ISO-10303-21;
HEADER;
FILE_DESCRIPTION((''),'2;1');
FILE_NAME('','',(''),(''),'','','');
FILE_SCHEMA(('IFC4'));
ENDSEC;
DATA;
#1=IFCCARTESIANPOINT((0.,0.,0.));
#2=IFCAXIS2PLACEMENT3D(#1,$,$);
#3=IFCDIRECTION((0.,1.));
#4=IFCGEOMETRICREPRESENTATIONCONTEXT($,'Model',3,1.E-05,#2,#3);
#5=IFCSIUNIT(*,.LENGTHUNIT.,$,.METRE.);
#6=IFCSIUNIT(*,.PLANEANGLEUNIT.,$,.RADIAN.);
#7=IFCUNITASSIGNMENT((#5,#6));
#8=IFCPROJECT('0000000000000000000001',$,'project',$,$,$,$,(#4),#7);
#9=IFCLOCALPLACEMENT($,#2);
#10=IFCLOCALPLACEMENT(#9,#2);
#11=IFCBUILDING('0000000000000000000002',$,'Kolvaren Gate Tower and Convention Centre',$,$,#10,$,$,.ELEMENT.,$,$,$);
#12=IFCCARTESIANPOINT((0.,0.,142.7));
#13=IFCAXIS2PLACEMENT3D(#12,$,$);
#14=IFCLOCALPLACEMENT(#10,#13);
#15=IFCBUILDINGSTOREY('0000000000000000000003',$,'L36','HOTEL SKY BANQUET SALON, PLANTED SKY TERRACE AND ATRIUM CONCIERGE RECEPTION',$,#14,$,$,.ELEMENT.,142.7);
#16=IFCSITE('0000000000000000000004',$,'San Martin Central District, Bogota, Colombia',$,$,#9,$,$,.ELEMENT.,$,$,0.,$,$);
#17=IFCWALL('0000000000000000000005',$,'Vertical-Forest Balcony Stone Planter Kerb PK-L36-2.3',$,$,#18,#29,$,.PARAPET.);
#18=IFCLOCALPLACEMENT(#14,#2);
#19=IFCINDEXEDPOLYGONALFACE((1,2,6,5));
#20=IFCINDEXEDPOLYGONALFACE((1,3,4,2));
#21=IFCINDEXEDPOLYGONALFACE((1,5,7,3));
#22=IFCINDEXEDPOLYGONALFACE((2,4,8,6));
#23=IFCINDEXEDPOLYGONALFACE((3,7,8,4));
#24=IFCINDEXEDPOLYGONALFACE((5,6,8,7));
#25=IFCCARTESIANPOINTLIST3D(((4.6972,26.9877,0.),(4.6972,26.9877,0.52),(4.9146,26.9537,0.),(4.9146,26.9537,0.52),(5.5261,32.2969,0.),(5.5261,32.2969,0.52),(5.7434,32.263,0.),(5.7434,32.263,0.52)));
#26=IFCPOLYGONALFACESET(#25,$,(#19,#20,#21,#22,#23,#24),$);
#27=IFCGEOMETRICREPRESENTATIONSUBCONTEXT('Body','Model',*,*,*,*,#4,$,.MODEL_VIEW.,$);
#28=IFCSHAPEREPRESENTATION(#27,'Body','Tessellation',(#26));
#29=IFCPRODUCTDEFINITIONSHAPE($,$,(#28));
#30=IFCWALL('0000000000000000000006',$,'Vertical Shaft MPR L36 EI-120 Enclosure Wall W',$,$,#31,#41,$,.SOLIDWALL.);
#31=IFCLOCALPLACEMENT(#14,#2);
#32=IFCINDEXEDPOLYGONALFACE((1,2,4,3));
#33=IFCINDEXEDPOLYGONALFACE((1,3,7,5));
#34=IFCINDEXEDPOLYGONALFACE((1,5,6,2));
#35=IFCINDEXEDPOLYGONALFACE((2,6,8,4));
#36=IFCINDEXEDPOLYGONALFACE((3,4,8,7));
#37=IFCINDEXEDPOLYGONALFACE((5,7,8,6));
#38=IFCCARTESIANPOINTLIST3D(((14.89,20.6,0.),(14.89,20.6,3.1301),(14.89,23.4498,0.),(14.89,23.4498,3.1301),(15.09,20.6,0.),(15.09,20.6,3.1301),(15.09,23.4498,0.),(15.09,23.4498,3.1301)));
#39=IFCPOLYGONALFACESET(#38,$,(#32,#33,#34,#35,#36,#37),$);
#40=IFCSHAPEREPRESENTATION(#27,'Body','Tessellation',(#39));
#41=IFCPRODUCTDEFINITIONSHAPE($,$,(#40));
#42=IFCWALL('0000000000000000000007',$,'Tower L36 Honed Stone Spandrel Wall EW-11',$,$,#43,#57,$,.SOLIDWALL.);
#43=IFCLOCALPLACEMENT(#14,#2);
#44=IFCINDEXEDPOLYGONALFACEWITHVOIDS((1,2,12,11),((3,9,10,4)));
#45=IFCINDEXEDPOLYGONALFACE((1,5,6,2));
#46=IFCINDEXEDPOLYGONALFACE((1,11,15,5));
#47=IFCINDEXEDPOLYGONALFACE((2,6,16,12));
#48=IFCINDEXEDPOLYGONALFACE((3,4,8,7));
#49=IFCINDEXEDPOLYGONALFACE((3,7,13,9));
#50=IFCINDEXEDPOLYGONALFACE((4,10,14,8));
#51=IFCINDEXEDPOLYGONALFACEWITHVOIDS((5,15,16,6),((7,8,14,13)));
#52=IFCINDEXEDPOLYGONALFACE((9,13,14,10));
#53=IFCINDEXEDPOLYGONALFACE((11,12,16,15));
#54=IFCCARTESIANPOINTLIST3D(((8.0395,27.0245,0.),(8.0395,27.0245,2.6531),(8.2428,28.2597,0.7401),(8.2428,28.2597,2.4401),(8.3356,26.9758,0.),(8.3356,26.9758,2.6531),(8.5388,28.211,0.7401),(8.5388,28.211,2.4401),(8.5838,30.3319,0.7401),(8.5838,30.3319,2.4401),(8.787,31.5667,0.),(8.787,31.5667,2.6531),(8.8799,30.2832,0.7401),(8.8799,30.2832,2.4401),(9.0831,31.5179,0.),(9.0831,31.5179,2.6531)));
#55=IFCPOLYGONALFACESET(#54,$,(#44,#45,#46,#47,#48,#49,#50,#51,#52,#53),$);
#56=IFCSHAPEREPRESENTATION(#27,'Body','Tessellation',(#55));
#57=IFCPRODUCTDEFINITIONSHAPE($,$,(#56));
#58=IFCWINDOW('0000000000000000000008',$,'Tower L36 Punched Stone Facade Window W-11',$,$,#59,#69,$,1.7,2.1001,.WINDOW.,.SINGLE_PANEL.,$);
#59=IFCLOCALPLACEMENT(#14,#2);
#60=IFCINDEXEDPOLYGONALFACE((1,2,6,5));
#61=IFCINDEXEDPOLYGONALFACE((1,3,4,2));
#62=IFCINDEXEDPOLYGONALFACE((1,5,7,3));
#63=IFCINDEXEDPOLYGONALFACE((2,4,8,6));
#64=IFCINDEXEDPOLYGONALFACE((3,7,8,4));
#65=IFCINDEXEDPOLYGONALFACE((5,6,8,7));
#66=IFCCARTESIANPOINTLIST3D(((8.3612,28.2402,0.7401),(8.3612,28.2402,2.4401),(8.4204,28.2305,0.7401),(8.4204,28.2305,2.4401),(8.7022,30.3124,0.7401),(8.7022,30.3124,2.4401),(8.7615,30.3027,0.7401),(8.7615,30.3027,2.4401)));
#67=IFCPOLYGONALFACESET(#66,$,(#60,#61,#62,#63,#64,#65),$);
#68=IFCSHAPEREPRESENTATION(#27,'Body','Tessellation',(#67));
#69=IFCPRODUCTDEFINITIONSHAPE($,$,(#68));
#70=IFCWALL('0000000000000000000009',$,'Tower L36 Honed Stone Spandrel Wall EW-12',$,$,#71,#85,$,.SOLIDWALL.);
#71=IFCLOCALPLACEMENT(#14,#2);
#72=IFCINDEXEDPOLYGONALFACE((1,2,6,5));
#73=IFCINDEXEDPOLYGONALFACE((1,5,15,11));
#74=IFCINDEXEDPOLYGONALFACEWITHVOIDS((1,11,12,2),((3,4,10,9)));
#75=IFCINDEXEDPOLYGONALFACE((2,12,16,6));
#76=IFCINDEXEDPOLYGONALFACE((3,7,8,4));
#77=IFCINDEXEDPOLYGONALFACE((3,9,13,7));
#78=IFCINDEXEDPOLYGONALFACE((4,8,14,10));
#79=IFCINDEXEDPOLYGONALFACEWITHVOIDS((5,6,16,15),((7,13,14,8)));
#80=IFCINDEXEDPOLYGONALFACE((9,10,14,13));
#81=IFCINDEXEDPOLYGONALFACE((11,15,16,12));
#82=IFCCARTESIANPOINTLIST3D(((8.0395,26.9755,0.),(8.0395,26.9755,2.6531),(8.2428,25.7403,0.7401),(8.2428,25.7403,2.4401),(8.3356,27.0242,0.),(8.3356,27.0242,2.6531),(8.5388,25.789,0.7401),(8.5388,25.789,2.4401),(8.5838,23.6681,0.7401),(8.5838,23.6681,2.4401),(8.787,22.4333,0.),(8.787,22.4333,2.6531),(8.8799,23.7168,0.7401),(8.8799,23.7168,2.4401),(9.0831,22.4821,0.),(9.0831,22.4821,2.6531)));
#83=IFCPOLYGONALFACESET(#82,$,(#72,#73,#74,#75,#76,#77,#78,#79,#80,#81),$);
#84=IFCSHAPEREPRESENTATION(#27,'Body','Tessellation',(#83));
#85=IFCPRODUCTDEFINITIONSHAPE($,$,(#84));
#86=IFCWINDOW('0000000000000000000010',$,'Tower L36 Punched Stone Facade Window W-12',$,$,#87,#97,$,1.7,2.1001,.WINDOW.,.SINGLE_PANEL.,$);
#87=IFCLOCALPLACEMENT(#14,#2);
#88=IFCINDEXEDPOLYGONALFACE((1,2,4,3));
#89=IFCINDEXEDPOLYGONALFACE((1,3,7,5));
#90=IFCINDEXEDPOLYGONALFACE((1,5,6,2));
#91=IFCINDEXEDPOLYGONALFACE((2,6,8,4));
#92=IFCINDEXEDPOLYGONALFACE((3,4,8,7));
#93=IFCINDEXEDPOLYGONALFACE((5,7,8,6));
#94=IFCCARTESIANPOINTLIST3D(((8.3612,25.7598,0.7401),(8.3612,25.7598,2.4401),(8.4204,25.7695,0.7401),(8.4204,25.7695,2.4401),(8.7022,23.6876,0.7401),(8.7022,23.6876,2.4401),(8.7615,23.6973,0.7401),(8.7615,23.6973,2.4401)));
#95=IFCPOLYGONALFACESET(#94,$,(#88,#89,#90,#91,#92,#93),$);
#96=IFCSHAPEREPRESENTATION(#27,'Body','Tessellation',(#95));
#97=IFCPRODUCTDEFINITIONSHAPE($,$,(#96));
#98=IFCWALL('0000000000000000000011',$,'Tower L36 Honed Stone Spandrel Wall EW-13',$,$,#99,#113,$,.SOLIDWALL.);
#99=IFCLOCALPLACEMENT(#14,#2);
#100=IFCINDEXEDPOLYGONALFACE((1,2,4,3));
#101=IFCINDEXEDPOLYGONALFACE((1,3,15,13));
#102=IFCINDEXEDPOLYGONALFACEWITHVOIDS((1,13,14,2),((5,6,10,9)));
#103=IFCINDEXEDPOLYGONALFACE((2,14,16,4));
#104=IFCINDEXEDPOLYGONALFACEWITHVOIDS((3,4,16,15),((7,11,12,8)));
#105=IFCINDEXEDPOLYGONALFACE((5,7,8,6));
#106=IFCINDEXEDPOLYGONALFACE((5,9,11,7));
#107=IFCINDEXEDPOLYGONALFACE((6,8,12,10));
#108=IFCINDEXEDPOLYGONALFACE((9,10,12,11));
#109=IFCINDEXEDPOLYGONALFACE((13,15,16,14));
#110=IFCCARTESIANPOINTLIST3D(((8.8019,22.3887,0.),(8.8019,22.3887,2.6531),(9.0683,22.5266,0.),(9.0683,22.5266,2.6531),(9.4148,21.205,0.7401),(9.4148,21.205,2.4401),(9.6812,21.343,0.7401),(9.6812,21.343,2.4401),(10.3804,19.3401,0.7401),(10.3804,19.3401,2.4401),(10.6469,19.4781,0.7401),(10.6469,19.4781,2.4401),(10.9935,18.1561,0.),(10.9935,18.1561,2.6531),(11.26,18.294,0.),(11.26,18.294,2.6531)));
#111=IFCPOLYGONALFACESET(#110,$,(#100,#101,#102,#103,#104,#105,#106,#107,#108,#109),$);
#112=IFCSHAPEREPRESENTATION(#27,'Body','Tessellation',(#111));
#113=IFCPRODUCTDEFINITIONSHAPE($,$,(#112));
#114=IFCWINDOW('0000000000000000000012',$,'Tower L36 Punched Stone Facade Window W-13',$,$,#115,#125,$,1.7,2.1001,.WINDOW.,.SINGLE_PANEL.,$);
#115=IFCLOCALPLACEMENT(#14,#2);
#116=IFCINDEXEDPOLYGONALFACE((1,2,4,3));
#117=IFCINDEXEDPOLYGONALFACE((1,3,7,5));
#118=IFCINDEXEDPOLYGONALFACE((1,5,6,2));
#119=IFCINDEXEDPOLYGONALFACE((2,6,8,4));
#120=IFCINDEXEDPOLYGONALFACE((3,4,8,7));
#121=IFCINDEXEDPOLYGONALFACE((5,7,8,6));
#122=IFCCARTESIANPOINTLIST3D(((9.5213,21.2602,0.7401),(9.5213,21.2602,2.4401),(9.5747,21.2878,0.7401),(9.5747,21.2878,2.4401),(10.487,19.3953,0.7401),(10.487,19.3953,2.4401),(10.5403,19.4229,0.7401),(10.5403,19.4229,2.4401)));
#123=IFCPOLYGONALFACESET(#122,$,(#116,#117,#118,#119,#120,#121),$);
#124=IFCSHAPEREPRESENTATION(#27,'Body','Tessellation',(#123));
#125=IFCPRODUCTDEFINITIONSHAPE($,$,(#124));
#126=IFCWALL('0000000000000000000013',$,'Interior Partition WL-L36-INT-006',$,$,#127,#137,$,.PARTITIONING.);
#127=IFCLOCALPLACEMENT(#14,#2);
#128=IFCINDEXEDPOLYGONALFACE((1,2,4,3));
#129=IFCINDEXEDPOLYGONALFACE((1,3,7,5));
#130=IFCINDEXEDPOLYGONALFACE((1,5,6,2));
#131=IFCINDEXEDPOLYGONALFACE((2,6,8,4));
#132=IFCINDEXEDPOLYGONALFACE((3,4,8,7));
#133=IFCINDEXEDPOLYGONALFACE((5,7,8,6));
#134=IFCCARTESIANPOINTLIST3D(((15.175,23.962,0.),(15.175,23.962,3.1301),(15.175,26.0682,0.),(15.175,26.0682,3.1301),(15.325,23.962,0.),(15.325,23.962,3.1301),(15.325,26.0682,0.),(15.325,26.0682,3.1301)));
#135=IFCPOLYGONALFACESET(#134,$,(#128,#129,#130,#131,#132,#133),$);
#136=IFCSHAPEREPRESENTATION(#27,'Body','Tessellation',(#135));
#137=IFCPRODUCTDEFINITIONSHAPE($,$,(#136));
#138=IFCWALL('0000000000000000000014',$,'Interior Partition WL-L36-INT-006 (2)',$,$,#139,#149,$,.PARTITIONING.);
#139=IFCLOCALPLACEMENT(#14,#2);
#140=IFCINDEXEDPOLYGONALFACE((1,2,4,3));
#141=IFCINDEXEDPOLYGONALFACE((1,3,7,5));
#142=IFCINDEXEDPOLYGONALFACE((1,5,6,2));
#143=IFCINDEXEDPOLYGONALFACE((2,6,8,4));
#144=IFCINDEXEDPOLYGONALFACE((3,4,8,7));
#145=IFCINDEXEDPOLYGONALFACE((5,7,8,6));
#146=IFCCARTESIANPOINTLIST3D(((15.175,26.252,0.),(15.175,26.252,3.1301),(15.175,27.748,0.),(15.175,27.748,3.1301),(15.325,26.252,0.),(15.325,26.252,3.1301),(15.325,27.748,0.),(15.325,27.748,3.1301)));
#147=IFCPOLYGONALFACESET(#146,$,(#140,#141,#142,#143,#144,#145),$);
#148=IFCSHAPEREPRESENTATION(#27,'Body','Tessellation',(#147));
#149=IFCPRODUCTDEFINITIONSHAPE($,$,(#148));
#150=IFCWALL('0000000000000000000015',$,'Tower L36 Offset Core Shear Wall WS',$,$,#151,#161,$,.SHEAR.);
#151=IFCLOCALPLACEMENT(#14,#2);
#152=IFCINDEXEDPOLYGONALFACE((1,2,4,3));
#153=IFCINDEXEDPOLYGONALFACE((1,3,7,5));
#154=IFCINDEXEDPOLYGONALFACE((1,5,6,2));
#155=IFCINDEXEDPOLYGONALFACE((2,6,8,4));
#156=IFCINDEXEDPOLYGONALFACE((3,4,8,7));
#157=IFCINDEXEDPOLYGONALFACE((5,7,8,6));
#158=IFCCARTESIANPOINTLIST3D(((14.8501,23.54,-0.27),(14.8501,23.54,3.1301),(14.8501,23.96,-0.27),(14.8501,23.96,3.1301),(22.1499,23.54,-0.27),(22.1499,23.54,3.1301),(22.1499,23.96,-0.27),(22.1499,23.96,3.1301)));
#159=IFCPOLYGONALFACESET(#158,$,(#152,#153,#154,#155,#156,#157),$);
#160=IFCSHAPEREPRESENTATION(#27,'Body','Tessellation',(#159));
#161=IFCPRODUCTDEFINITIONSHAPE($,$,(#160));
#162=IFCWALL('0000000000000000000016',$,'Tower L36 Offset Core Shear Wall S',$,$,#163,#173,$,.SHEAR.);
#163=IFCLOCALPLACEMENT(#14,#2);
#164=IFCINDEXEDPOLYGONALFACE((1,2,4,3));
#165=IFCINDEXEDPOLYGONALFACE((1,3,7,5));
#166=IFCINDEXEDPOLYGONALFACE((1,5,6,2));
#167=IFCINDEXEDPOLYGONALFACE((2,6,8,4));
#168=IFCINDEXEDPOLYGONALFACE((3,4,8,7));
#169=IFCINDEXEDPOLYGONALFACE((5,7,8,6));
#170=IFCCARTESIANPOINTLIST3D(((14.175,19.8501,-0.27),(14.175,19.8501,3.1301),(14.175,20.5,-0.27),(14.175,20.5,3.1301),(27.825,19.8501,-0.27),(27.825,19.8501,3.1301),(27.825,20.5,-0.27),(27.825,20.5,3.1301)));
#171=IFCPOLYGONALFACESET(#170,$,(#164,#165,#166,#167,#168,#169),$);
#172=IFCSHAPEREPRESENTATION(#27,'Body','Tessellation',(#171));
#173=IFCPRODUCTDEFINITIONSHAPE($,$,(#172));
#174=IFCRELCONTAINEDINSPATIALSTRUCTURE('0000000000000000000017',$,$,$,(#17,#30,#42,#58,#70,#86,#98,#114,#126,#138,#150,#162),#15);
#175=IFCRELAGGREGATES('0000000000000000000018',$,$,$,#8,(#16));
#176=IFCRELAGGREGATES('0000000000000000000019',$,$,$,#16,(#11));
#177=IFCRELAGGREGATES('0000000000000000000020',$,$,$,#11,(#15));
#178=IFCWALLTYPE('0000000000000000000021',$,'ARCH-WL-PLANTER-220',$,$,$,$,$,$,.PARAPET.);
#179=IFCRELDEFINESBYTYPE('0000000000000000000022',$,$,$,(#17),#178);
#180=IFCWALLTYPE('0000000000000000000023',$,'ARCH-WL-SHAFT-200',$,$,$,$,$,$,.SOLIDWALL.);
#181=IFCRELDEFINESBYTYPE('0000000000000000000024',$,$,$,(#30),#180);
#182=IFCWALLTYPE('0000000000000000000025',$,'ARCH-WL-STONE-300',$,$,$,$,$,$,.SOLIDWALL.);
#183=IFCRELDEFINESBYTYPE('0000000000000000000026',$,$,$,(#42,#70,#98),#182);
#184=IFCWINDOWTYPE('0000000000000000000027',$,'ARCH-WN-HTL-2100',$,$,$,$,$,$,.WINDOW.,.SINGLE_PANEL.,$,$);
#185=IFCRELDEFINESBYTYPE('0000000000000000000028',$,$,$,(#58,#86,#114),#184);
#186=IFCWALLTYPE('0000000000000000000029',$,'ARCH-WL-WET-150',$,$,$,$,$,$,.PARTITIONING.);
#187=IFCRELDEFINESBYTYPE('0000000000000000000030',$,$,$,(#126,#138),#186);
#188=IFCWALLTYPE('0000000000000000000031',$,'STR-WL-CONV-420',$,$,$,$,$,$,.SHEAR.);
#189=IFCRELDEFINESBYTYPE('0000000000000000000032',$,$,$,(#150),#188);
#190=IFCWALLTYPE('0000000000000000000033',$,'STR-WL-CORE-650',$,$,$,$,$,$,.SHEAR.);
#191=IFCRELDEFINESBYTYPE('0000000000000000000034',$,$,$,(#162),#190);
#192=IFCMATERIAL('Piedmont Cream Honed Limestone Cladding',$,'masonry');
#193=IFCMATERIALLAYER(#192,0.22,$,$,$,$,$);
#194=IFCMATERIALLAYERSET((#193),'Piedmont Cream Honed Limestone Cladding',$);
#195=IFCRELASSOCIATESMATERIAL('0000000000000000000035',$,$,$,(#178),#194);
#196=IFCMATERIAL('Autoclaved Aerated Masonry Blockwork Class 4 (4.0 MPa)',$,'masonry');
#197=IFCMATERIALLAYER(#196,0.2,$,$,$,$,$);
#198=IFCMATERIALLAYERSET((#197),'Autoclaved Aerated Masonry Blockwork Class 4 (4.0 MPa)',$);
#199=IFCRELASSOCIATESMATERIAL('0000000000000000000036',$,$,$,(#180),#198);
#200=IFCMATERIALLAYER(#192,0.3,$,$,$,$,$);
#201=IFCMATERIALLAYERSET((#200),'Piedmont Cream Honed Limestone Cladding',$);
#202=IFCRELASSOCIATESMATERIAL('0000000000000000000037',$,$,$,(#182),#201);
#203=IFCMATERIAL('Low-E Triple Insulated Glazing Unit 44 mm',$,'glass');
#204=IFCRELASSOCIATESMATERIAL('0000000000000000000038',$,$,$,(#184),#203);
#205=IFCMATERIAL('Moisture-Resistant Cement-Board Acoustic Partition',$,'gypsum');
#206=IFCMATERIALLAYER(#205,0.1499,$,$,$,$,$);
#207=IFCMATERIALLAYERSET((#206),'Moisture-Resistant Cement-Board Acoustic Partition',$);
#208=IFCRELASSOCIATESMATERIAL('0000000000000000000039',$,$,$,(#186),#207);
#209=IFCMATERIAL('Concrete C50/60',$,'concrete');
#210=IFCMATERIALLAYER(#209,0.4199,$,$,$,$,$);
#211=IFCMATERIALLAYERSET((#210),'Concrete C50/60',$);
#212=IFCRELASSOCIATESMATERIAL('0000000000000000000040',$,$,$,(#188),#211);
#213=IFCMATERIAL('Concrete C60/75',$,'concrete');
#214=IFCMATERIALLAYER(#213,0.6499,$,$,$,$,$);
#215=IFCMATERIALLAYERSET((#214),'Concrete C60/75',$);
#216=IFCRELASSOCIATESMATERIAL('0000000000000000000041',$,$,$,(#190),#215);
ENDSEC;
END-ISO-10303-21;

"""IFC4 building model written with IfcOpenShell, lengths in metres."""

from ifc_helpers import new_model, si_unit, direction, frame, frame_2d, origin, place, context, subcontext, project, spatial, rectangle, extrude, material, layer, layer_set, type_object, element, fill, save


model = new_model("IFC4")

# Units and contexts
model_context = context("Model", 3, precision=1e-05, world=origin(), true_north=direction((0.0, 1.0)))
body_context = subcontext(model_context, "Body", "Model", "MODEL_VIEW")
ifc_project = project(units=[si_unit("LENGTHUNIT", "METRE"), si_unit("PLANEANGLEUNIT", "RADIAN")], contexts=[model_context])

# Site, building, storey
site_placement = place(None, origin())
site = spatial("IfcSite", under=ifc_project, at=site_placement, Name="San Martin Central District, Bogota, Colombia", CompositionType="ELEMENT", RefElevation=0.0)
building_placement = place(site_placement, origin())
building = spatial("IfcBuilding", under=site, at=building_placement, Name="Kolvaren Gate Tower and Convention Centre", CompositionType="ELEMENT")
storey_placement = place(building_placement, frame((0.0, 0.0, 142.7)))
storey = spatial("IfcBuildingStorey", under=building, at=storey_placement, Name="L36", Description="HOTEL SKY BANQUET SALON, PLANTED SKY TERRACE AND ATRIUM CONCIERGE RECEPTION", CompositionType="ELEMENT", Elevation=142.7)

# Shared definitions
ifc_material_1 = material(Name="Concrete C60/75", Category="concrete")

# Shared definitions
ifc_material_2 = material(Name="Autoclaved Aerated Masonry Blockwork Class 4 (4.0 MPa)", Category="masonry")

# Walls
ifc_material_3 = material(Name="Piedmont Cream Honed Limestone Cladding", Category="masonry")
ifc_layer_1 = layer(ifc_material_3, 0.22)
ifc_layer_set_1 = layer_set([ifc_layer_1], Name="Piedmont Cream Honed Limestone Cladding")
wall_type_1 = type_object("IfcWallType", Name="ARCH-WL-PLANTER-220", PredefinedType="PARAPET", material=ifc_layer_set_1)
wall_1_placement = place(storey_placement, frame((4.8059, 26.9707, 0.0), z_axis=(0.0, 0.0, 1.0), x_axis=(0.154245, 0.988033, 0.0)))
element("IfcWall", 1, at=wall_1_placement, inside=storey, type_object=wall_type_1, Name="Vertical-Forest Balcony Stone Planter Kerb PK-L36-2.3", PredefinedType="PARAPET", context=body_context, shape_type="SweptSolid", body=[
    extrude(rectangle(XDim=5.3735, YDim=0.22, at=frame_2d((2.6868, 0.0))), origin(), (0.0, 0.0, 1.0), 0.52),
])
ifc_layer_2 = layer(ifc_material_2, 0.2)
ifc_layer_set_2 = layer_set([ifc_layer_2], Name="Autoclaved Aerated Masonry Blockwork Class 4 (4.0 MPa)")
wall_type_2 = type_object("IfcWallType", Name="ARCH-WL-SHAFT-200", PredefinedType="SOLIDWALL", material=ifc_layer_set_2)
wall_2_placement = place(storey_placement, frame((14.99, 20.6001, 0.0), z_axis=(0.0, 0.0, 1.0), x_axis=(0.0, 1.0, 0.0)))
element("IfcWall", 2, at=wall_2_placement, inside=storey, type_object=wall_type_2, Name="Vertical Shaft MPR L36 EI-120 Enclosure Wall W", PredefinedType="SOLIDWALL", context=body_context, shape_type="SweptSolid", body=[
    extrude(rectangle(XDim=2.8499, YDim=0.2, at=frame_2d((1.4248, 0.0))), origin(), (0.0, 0.0, 1.0), 3.1301),
])

# Walls, openings, windows
ifc_layer_3 = layer(ifc_material_3, 0.3)
ifc_layer_set_3 = layer_set([ifc_layer_3], Name="Piedmont Cream Honed Limestone Cladding")
wall_type_3 = type_object("IfcWallType", Name="ARCH-WL-STONE-300", PredefinedType="SOLIDWALL", material=ifc_layer_set_3)
wall_3_placement = place(storey_placement, frame((8.1875, 27.0, 0.0), z_axis=(0.0, 0.0, 1.0), x_axis=(0.162395, 0.986726, 0.0)))
wall_3 = element("IfcWall", 3, at=wall_3_placement, inside=storey, type_object=wall_type_3, Name="Tower L36 Honed Stone Spandrel Wall EW-11", PredefinedType="SOLIDWALL", context=body_context, shape_type="SweptSolid", body=[
    extrude(rectangle(XDim=4.6033, YDim=0.3, at=frame_2d((2.3018, 0.0))), origin(), (0.0, 0.0, 1.0), 2.6531),
])
opening_1_placement = place(wall_3_placement, frame((1.252, 0.0, 0.74)))
opening_1 = element("IfcOpeningElement", 4, at=opening_1_placement, cuts=wall_3, PredefinedType="OPENING", context=body_context, shape_type="SweptSolid", body=[
    extrude(rectangle(XDim=2.1001, YDim=1.7, at=frame_2d((1.05, 0.8501))), frame((0.0, 0.1599, 0.0), z_axis=(0.0, -1.0, 0.0), x_axis=(1.0, 0.0, 0.0)), (0.0, 0.0, 1.0), 0.3201),
])
ifc_material_4 = material(Name="Low-E Triple Insulated Glazing Unit 44 mm", Category="glass")
window_type = type_object("IfcWindowType", Name="ARCH-WN-HTL-2100", PartitioningType="SINGLE_PANEL", PredefinedType="WINDOW", material=ifc_material_4)
window_1_placement = place(opening_1_placement, origin())
window_1 = element("IfcWindow", 5, at=window_1_placement, inside=storey, type_object=window_type, Name="Tower L36 Punched Stone Facade Window W-11", OverallHeight=1.7, OverallWidth=2.1001, PartitioningType="SINGLE_PANEL", PredefinedType="WINDOW", context=body_context, shape_type="SweptSolid", body=[
    extrude(rectangle(XDim=2.1001, YDim=1.7, at=frame_2d((1.05, 0.8501))), frame((0.0, 0.03, 0.0), z_axis=(0.0, -1.0, 0.0), x_axis=(1.0, 0.0, 0.0)), (0.0, 0.0, 1.0), 0.0601),
])
fill(opening_1, window_1)
wall_4_placement = place(storey_placement, frame((8.1875, 27.0, 0.0), z_axis=(0.0, 0.0, 1.0), x_axis=(0.162395, -0.986726, 0.0)))
wall_4 = element("IfcWall", 6, at=wall_4_placement, inside=storey, type_object=wall_type_3, Name="Tower L36 Honed Stone Spandrel Wall EW-12", PredefinedType="SOLIDWALL", context=body_context, shape_type="SweptSolid", body=[
    extrude(rectangle(XDim=4.6033, YDim=0.3, at=frame_2d((2.3018, 0.0))), origin(), (0.0, 0.0, 1.0), 2.6531),
])
opening_2_placement = place(wall_4_placement, frame((1.252, 0.0, 0.74)))
opening_2 = element("IfcOpeningElement", 7, at=opening_2_placement, cuts=wall_4, PredefinedType="OPENING", context=body_context, shape_type="SweptSolid", body=[
    extrude(rectangle(XDim=2.1001, YDim=1.7, at=frame_2d((1.05, 0.8501))), frame((0.0, 0.1599, 0.0), z_axis=(0.0, -1.0, 0.0), x_axis=(1.0, 0.0, 0.0)), (0.0, 0.0, 1.0), 0.3201),
])
window_2_placement = place(opening_2_placement, origin())
window_2 = element("IfcWindow", 8, at=window_2_placement, inside=storey, type_object=window_type, Name="Tower L36 Punched Stone Facade Window W-12", OverallHeight=1.7, OverallWidth=2.1001, PartitioningType="SINGLE_PANEL", PredefinedType="WINDOW", context=body_context, shape_type="SweptSolid", body=[
    extrude(rectangle(XDim=2.1001, YDim=1.7, at=frame_2d((1.05, 0.8501))), frame((0.0, 0.03, 0.0), z_axis=(0.0, -1.0, 0.0), x_axis=(1.0, 0.0, 0.0)), (0.0, 0.0, 1.0), 0.0601),
])
fill(opening_2, window_2)
wall_5_placement = place(storey_placement, frame((8.9351, 22.4578, 0.0), z_axis=(0.0, 0.0, 1.0), x_axis=(0.45981, -0.888017, 0.0)))
wall_5 = element("IfcWall", 9, at=wall_5_placement, inside=storey, type_object=wall_type_3, Name="Tower L36 Honed Stone Spandrel Wall EW-13", PredefinedType="SOLIDWALL", context=body_context, shape_type="SweptSolid", body=[
    extrude(rectangle(XDim=4.7664, YDim=0.3, at=frame_2d((2.3833, 0.0))), origin(), (0.0, 0.0, 1.0), 2.6531),
])
opening_3_placement = place(wall_5_placement, frame((1.333, 0.0, 0.74)))
opening_3 = element("IfcOpeningElement", 10, at=opening_3_placement, cuts=wall_5, PredefinedType="OPENING", context=body_context, shape_type="SweptSolid", body=[
    extrude(rectangle(XDim=2.1001, YDim=1.7, at=frame_2d((1.05, 0.8501))), frame((0.0, 0.1599, 0.0), z_axis=(0.0, -1.0, 0.0), x_axis=(1.0, 0.0, 0.0)), (0.0, 0.0, 1.0), 0.3201),
])
window_3_placement = place(opening_3_placement, origin())
window_3 = element("IfcWindow", 11, at=window_3_placement, inside=storey, type_object=window_type, Name="Tower L36 Punched Stone Facade Window W-13", OverallHeight=1.7, OverallWidth=2.1001, PartitioningType="SINGLE_PANEL", PredefinedType="WINDOW", context=body_context, shape_type="SweptSolid", body=[
    extrude(rectangle(XDim=2.1001, YDim=1.7, at=frame_2d((1.05, 0.8501))), frame((0.0, 0.03, 0.0), z_axis=(0.0, -1.0, 0.0), x_axis=(1.0, 0.0, 0.0)), (0.0, 0.0, 1.0), 0.0601),
])
fill(opening_3, window_3)

# Walls
ifc_material_5 = material(Name="Moisture-Resistant Cement-Board Acoustic Partition", Category="gypsum")
ifc_layer_4 = layer(ifc_material_5, 0.1499)
ifc_layer_set_4 = layer_set([ifc_layer_4], Name="Moisture-Resistant Cement-Board Acoustic Partition")
wall_type_4 = type_object("IfcWallType", Name="ARCH-WL-WET-150", PredefinedType="PARTITIONING", material=ifc_layer_set_4)
wall_6_placement = place(storey_placement, frame((15.25, 23.9619, 0.0), z_axis=(0.0, 0.0, 1.0), x_axis=(0.0, 1.0, 0.0)))
element("IfcWall", 12, at=wall_6_placement, inside=storey, type_object=wall_type_4, Name="Interior Partition WL-L36-INT-006", PredefinedType="PARTITIONING", context=body_context, shape_type="SweptSolid", body=[
    extrude(rectangle(XDim=2.1062, YDim=0.1499, at=frame_2d((1.0532, 0.0))), origin(), (0.0, 0.0, 1.0), 3.1301),
])
wall_7_placement = place(storey_placement, frame((15.25, 26.252, 0.0), z_axis=(0.0, 0.0, 1.0), x_axis=(0.0, 1.0, 0.0)))
element("IfcWall", 13, at=wall_7_placement, inside=storey, type_object=wall_type_4, Name="Interior Partition WL-L36-INT-006 (2)", PredefinedType="PARTITIONING", context=body_context, shape_type="SweptSolid", body=[
    extrude(rectangle(XDim=1.4961, YDim=0.1499, at=frame_2d((0.748, 0.0))), origin(), (0.0, 0.0, 1.0), 3.1301),
])
ifc_material_6 = material(Name="Concrete C50/60", Category="concrete")
ifc_layer_5 = layer(ifc_material_6, 0.4199)
ifc_layer_set_5 = layer_set([ifc_layer_5], Name="Concrete C50/60")
wall_type_5 = type_object("IfcWallType", Name="STR-WL-CONV-420", PredefinedType="SHEAR", material=ifc_layer_set_5)
wall_8_placement = place(storey_placement, frame((14.8501, 23.75, -0.27), z_axis=(0.0, 0.0, 1.0), x_axis=(1.0, 0.0, 0.0)))
element("IfcWall", 14, at=wall_8_placement, inside=storey, type_object=wall_type_5, Name="Tower L36 Offset Core Shear Wall WS", PredefinedType="SHEAR", context=body_context, shape_type="SweptSolid", body=[
    extrude(rectangle(XDim=7.2998, YDim=0.4199, at=frame_2d((3.6499, 0.0))), origin(), (0.0, 0.0, 1.0), 3.4001),
])
ifc_layer_6 = layer(ifc_material_1, 0.6499)
ifc_layer_set_6 = layer_set([ifc_layer_6], Name="Concrete C60/75")
wall_type_6 = type_object("IfcWallType", Name="STR-WL-CORE-650", PredefinedType="SHEAR", material=ifc_layer_set_6)
wall_9_placement = place(storey_placement, frame((14.175, 20.175, -0.27), z_axis=(0.0, 0.0, 1.0), x_axis=(1.0, 0.0, 0.0)))
element("IfcWall", 15, at=wall_9_placement, inside=storey, type_object=wall_type_6, Name="Tower L36 Offset Core Shear Wall S", PredefinedType="SHEAR", context=body_context, shape_type="SweptSolid", body=[
    extrude(rectangle(XDim=13.6499, YDim=0.6499, at=frame_2d((6.825, 0.0))), origin(), (0.0, 0.0, 1.0), 3.4001),
])

save(model, "model.ifc")
